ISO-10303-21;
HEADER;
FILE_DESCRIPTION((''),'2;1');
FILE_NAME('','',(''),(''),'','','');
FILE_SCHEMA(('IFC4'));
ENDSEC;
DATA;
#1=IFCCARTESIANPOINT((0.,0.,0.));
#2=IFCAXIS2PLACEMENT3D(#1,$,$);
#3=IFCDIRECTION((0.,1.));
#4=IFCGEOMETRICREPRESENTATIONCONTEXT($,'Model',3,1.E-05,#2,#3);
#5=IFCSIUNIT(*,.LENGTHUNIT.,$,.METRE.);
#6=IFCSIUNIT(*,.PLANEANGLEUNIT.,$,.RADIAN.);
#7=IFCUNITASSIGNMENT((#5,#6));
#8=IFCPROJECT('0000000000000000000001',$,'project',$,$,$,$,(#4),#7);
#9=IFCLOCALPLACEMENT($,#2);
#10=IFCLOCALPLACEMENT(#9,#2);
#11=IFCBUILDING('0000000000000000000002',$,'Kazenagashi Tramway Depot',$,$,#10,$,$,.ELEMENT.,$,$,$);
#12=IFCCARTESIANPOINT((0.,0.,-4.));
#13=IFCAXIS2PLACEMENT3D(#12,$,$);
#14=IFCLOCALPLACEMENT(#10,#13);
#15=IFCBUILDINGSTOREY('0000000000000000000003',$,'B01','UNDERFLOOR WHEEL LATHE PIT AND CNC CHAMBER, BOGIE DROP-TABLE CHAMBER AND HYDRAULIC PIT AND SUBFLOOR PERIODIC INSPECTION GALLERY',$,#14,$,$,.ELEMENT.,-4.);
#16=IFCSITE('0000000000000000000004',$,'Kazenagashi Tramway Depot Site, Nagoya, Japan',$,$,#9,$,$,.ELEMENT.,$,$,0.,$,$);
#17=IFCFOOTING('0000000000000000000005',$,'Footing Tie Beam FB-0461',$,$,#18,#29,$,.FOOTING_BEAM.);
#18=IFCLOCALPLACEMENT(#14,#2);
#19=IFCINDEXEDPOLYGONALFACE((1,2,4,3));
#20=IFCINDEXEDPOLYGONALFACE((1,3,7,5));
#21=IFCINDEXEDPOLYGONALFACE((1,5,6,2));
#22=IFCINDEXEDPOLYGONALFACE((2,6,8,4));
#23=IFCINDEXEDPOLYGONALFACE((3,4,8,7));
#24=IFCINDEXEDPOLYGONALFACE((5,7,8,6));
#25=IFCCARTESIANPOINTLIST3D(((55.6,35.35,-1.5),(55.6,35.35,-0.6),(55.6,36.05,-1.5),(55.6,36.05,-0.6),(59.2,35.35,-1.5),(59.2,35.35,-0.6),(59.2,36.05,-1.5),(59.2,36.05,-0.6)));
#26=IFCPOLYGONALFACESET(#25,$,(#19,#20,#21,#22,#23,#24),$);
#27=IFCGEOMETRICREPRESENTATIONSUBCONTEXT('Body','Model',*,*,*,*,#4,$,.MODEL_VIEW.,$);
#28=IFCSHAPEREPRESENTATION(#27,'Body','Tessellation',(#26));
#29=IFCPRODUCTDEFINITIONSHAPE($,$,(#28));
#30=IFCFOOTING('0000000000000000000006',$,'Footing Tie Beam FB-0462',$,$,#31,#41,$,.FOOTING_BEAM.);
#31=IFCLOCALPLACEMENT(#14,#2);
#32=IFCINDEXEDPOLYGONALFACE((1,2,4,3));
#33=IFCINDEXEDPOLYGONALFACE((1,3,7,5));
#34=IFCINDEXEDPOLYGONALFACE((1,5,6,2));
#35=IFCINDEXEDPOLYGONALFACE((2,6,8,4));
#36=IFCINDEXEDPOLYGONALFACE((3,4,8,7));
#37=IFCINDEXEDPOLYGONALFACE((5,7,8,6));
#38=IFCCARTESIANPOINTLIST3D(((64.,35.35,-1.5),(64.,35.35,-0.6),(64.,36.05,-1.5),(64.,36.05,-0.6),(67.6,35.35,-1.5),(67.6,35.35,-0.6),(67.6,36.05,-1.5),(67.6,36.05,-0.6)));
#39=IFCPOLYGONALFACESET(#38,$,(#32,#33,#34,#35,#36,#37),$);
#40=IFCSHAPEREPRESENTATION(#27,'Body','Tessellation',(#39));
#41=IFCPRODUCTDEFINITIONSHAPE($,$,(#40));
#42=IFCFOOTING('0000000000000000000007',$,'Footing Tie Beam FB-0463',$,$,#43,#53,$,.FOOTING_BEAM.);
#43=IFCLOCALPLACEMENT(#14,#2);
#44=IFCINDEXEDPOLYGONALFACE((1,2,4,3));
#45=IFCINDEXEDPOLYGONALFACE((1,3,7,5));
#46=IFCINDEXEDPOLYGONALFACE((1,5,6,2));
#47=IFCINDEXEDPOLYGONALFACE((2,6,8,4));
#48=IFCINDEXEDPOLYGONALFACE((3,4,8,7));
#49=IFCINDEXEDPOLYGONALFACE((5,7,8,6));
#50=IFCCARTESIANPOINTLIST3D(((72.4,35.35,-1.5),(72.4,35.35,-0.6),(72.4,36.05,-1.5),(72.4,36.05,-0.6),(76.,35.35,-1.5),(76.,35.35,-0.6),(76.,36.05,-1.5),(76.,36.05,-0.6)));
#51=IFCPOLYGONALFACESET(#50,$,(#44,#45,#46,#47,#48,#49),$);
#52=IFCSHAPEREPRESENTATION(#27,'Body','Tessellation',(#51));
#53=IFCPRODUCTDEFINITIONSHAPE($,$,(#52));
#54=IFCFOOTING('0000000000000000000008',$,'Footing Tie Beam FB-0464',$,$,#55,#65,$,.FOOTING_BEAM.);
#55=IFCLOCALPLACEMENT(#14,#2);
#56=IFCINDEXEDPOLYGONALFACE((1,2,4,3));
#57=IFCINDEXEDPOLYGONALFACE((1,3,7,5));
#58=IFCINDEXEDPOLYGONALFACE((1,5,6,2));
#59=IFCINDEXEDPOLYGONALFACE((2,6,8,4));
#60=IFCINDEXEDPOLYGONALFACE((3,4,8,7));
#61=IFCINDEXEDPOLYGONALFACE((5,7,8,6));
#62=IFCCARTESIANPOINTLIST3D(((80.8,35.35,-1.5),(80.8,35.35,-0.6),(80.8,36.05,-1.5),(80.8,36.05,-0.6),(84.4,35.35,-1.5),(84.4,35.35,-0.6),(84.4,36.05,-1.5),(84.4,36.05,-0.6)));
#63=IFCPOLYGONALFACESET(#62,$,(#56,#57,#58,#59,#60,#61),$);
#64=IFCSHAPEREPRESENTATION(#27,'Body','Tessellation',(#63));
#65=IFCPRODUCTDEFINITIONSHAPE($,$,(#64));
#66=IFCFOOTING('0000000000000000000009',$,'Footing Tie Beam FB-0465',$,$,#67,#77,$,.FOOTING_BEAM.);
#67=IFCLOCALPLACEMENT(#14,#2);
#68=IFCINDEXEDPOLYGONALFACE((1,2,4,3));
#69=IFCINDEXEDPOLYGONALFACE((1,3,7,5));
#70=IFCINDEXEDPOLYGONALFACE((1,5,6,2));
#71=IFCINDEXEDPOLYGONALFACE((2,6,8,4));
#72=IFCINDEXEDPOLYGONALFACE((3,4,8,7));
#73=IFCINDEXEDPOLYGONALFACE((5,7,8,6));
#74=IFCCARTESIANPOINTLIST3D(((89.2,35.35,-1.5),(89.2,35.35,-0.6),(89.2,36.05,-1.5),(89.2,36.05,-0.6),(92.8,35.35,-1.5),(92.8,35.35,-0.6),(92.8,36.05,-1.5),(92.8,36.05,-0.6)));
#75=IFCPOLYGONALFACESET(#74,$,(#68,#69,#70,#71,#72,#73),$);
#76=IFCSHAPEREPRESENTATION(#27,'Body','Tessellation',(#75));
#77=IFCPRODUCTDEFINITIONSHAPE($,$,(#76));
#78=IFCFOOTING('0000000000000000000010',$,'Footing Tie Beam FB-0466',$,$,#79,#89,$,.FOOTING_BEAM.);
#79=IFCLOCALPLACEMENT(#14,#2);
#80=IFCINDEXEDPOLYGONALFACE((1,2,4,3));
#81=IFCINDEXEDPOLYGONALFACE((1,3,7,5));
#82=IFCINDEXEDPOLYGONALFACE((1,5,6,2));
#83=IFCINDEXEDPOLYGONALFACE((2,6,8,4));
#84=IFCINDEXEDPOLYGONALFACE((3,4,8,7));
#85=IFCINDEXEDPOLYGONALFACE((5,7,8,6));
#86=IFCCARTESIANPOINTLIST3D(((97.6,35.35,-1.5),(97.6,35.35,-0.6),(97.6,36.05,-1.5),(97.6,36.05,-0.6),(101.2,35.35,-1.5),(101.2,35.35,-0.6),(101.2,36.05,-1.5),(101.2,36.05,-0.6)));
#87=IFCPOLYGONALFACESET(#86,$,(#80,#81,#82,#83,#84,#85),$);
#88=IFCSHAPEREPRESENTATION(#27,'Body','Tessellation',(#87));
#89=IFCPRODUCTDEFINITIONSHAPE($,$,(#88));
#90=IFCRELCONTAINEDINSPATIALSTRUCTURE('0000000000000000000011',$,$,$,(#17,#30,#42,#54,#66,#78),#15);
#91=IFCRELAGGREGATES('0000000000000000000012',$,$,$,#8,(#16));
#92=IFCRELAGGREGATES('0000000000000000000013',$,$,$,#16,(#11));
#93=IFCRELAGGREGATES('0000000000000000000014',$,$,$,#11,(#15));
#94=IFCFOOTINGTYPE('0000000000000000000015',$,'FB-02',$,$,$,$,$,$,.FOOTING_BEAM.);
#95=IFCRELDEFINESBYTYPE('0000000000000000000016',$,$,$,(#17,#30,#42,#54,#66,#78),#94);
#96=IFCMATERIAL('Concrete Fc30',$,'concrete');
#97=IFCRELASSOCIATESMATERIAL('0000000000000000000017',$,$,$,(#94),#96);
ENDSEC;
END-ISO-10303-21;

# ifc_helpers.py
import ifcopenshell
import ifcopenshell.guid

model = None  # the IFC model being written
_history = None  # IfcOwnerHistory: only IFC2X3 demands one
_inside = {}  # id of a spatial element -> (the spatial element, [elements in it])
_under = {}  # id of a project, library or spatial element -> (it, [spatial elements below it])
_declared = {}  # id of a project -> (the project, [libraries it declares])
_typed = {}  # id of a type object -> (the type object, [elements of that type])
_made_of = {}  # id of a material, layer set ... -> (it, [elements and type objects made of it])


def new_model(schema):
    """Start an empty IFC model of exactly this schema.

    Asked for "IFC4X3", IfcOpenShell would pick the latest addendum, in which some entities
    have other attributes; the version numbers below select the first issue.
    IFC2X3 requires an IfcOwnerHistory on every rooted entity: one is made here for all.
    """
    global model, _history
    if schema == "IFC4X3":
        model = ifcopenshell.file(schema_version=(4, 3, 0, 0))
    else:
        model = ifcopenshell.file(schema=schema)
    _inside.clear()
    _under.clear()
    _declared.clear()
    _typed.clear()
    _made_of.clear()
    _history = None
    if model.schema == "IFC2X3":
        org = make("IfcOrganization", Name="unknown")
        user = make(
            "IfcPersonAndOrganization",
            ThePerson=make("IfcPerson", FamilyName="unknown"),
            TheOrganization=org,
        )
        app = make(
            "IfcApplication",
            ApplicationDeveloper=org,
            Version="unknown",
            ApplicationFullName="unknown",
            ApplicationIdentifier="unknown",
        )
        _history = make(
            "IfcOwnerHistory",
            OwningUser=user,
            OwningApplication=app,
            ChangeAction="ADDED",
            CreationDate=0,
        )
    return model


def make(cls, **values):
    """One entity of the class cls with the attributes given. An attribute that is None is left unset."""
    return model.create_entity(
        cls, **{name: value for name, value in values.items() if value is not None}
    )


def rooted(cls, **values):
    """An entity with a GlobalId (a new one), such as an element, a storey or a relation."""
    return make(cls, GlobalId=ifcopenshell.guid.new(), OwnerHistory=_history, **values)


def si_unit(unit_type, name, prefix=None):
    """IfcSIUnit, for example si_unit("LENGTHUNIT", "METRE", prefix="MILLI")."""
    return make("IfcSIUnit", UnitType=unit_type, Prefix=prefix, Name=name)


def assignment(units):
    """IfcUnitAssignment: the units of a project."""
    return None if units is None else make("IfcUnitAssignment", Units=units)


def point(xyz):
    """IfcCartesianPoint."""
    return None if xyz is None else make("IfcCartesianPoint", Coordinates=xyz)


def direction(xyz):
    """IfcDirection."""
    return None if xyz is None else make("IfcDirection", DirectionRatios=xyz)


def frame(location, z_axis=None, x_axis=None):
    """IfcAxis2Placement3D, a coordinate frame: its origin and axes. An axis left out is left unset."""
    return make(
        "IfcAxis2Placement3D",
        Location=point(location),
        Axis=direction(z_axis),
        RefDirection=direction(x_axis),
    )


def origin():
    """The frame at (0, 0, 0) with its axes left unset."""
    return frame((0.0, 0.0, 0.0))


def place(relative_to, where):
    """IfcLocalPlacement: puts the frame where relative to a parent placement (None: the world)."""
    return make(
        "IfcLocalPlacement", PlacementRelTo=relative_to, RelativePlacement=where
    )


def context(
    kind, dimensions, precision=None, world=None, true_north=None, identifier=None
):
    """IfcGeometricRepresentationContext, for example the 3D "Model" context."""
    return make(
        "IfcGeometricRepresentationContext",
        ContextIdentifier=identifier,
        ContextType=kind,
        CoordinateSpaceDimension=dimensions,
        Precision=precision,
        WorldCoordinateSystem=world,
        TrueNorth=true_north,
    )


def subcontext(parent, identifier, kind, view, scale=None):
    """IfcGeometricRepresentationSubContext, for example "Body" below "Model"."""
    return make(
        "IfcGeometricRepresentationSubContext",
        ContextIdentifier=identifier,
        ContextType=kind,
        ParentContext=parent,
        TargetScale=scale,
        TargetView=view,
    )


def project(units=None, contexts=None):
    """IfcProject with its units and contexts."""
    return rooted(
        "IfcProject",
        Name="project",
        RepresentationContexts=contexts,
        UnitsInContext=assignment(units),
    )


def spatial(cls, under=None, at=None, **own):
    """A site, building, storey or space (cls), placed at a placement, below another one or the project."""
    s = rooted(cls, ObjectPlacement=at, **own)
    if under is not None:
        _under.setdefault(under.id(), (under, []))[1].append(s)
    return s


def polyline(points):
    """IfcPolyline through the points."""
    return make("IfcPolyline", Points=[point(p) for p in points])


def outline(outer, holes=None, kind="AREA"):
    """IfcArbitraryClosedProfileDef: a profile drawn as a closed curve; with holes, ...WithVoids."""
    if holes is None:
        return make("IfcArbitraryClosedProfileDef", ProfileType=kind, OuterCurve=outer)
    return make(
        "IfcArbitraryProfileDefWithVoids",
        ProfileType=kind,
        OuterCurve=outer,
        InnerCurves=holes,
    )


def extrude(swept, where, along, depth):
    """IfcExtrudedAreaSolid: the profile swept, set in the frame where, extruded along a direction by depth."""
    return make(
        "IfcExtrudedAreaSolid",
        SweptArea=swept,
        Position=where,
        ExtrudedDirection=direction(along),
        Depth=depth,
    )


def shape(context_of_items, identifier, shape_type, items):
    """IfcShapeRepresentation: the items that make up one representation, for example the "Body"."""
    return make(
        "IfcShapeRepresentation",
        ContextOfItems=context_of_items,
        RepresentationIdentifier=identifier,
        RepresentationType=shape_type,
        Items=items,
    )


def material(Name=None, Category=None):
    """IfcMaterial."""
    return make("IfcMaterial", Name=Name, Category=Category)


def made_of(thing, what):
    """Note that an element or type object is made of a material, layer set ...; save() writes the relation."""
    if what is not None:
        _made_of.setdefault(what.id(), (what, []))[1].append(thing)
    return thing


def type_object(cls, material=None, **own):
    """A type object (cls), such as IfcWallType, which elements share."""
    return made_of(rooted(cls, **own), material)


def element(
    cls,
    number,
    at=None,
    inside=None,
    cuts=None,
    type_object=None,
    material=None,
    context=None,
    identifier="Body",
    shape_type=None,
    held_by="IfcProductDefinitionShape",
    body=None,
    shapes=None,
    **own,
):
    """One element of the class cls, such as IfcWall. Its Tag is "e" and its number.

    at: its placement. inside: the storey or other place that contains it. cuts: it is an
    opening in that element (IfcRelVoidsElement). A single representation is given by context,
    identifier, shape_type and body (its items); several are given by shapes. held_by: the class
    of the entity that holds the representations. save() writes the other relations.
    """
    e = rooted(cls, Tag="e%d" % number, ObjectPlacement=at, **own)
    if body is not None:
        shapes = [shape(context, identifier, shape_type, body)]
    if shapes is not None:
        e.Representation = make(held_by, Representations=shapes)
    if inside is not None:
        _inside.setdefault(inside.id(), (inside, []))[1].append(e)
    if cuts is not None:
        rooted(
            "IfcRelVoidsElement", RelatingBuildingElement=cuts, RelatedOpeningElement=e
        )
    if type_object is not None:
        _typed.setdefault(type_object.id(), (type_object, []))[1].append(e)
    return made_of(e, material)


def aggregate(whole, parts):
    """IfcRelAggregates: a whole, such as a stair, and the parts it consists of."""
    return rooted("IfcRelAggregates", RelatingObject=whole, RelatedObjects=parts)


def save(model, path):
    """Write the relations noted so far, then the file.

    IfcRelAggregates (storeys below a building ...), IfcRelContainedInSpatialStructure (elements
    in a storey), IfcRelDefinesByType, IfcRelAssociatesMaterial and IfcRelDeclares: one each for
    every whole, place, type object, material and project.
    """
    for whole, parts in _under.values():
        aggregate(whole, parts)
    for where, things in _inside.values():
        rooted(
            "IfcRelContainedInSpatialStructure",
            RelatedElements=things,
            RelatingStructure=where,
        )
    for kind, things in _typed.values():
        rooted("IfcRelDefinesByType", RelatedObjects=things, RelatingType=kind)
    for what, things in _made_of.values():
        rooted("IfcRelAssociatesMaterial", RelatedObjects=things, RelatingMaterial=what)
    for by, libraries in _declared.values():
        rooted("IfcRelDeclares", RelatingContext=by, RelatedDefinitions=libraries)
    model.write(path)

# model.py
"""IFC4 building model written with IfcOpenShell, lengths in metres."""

from ifc_helpers import new_model, si_unit, direction, frame, origin, place, context, subcontext, project, spatial, polyline, outline, extrude, material, type_object, element, save


model = new_model("IFC4")

# Units and contexts
model_context = context("Model", 3, precision=1e-05, world=origin(), true_north=direction((0.0, 1.0)))
body_context = subcontext(model_context, "Body", "Model", "MODEL_VIEW")
ifc_project = project(units=[si_unit("LENGTHUNIT", "METRE"), si_unit("PLANEANGLEUNIT", "RADIAN")], contexts=[model_context])

# Site, building, storey
site_placement = place(None, origin())
site = spatial("IfcSite", under=ifc_project, at=site_placement, Name="Kazenagashi Tramway Depot Site, Nagoya, Japan", CompositionType="ELEMENT", RefElevation=0.0)
building_placement = place(site_placement, origin())
building = spatial("IfcBuilding", under=site, at=building_placement, Name="Kazenagashi Tramway Depot", CompositionType="ELEMENT")
storey_placement = place(building_placement, frame((0.0, 0.0, -4.0)))
storey = spatial("IfcBuildingStorey", under=building, at=storey_placement, Name="B01", Description="UNDERFLOOR WHEEL LATHE PIT AND CNC CHAMBER, BOGIE DROP-TABLE CHAMBER AND HYDRAULIC PIT AND SUBFLOOR PERIODIC INSPECTION GALLERY", CompositionType="ELEMENT", Elevation=-4.0)

# Footings
ifc_material = material(Name="Concrete Fc30", Category="concrete")
footing_type = type_object("IfcFootingType", Name="FB-02", PredefinedType="FOOTING_BEAM", material=ifc_material)
footing_1_placement = place(storey_placement, frame((0.0, 0.0, -1.5)))
element("IfcFooting", 1, at=footing_1_placement, inside=storey, type_object=footing_type, Name="Footing Tie Beam FB-0461", PredefinedType="FOOTING_BEAM", context=body_context, shape_type="SweptSolid", body=[
    extrude(outline(polyline([(55.6, 35.35), (59.2, 35.35), (59.2, 36.05), (55.6, 36.05), (55.6, 35.35)])), origin(), (0.0, 0.0, 1.0), 0.9),
])
footing_2_placement = place(storey_placement, frame((0.0, 0.0, -1.5)))
element("IfcFooting", 2, at=footing_2_placement, inside=storey, type_object=footing_type, Name="Footing Tie Beam FB-0462", PredefinedType="FOOTING_BEAM", context=body_context, shape_type="SweptSolid", body=[
    extrude(outline(polyline([(64.0, 35.35), (67.6, 35.35), (67.6, 36.05), (64.0, 36.05), (64.0, 35.35)])), origin(), (0.0, 0.0, 1.0), 0.9),
])
footing_3_placement = place(storey_placement, frame((0.0, 0.0, -1.5)))
element("IfcFooting", 3, at=footing_3_placement, inside=storey, type_object=footing_type, Name="Footing Tie Beam FB-0463", PredefinedType="FOOTING_BEAM", context=body_context, shape_type="SweptSolid", body=[
    extrude(outline(polyline([(72.4, 35.35), (76.0, 35.35), (76.0, 36.05), (72.4, 36.05), (72.4, 35.35)])), origin(), (0.0, 0.0, 1.0), 0.9),
])
footing_4_placement = place(storey_placement, frame((0.0, 0.0, -1.5)))
element("IfcFooting", 4, at=footing_4_placement, inside=storey, type_object=footing_type, Name="Footing Tie Beam FB-0464", PredefinedType="FOOTING_BEAM", context=body_context, shape_type="SweptSolid", body=[
    extrude(outline(polyline([(80.8, 35.35), (84.4, 35.35), (84.4, 36.05), (80.8, 36.05), (80.8, 35.35)])), origin(), (0.0, 0.0, 1.0), 0.9),
])
footing_5_placement = place(storey_placement, frame((0.0, 0.0, -1.5)))
element("IfcFooting", 5, at=footing_5_placement, inside=storey, type_object=footing_type, Name="Footing Tie Beam FB-0465", PredefinedType="FOOTING_BEAM", context=body_context, shape_type="SweptSolid", body=[
    extrude(outline(polyline([(89.2, 35.35), (92.8, 35.35), (92.8, 36.05), (89.2, 36.05), (89.2, 35.35)])), origin(), (0.0, 0.0, 1.0), 0.9),
])
footing_6_placement = place(storey_placement, frame((0.0, 0.0, -1.5)))
element("IfcFooting", 6, at=footing_6_placement, inside=storey, type_object=footing_type, Name="Footing Tie Beam FB-0466", PredefinedType="FOOTING_BEAM", context=body_context, shape_type="SweptSolid", body=[
    extrude(outline(polyline([(97.6, 35.35), (101.2, 35.35), (101.2, 36.05), (97.6, 36.05), (97.6, 35.35)])), origin(), (0.0, 0.0, 1.0), 0.9),
])

save(model, "model.ifc")
